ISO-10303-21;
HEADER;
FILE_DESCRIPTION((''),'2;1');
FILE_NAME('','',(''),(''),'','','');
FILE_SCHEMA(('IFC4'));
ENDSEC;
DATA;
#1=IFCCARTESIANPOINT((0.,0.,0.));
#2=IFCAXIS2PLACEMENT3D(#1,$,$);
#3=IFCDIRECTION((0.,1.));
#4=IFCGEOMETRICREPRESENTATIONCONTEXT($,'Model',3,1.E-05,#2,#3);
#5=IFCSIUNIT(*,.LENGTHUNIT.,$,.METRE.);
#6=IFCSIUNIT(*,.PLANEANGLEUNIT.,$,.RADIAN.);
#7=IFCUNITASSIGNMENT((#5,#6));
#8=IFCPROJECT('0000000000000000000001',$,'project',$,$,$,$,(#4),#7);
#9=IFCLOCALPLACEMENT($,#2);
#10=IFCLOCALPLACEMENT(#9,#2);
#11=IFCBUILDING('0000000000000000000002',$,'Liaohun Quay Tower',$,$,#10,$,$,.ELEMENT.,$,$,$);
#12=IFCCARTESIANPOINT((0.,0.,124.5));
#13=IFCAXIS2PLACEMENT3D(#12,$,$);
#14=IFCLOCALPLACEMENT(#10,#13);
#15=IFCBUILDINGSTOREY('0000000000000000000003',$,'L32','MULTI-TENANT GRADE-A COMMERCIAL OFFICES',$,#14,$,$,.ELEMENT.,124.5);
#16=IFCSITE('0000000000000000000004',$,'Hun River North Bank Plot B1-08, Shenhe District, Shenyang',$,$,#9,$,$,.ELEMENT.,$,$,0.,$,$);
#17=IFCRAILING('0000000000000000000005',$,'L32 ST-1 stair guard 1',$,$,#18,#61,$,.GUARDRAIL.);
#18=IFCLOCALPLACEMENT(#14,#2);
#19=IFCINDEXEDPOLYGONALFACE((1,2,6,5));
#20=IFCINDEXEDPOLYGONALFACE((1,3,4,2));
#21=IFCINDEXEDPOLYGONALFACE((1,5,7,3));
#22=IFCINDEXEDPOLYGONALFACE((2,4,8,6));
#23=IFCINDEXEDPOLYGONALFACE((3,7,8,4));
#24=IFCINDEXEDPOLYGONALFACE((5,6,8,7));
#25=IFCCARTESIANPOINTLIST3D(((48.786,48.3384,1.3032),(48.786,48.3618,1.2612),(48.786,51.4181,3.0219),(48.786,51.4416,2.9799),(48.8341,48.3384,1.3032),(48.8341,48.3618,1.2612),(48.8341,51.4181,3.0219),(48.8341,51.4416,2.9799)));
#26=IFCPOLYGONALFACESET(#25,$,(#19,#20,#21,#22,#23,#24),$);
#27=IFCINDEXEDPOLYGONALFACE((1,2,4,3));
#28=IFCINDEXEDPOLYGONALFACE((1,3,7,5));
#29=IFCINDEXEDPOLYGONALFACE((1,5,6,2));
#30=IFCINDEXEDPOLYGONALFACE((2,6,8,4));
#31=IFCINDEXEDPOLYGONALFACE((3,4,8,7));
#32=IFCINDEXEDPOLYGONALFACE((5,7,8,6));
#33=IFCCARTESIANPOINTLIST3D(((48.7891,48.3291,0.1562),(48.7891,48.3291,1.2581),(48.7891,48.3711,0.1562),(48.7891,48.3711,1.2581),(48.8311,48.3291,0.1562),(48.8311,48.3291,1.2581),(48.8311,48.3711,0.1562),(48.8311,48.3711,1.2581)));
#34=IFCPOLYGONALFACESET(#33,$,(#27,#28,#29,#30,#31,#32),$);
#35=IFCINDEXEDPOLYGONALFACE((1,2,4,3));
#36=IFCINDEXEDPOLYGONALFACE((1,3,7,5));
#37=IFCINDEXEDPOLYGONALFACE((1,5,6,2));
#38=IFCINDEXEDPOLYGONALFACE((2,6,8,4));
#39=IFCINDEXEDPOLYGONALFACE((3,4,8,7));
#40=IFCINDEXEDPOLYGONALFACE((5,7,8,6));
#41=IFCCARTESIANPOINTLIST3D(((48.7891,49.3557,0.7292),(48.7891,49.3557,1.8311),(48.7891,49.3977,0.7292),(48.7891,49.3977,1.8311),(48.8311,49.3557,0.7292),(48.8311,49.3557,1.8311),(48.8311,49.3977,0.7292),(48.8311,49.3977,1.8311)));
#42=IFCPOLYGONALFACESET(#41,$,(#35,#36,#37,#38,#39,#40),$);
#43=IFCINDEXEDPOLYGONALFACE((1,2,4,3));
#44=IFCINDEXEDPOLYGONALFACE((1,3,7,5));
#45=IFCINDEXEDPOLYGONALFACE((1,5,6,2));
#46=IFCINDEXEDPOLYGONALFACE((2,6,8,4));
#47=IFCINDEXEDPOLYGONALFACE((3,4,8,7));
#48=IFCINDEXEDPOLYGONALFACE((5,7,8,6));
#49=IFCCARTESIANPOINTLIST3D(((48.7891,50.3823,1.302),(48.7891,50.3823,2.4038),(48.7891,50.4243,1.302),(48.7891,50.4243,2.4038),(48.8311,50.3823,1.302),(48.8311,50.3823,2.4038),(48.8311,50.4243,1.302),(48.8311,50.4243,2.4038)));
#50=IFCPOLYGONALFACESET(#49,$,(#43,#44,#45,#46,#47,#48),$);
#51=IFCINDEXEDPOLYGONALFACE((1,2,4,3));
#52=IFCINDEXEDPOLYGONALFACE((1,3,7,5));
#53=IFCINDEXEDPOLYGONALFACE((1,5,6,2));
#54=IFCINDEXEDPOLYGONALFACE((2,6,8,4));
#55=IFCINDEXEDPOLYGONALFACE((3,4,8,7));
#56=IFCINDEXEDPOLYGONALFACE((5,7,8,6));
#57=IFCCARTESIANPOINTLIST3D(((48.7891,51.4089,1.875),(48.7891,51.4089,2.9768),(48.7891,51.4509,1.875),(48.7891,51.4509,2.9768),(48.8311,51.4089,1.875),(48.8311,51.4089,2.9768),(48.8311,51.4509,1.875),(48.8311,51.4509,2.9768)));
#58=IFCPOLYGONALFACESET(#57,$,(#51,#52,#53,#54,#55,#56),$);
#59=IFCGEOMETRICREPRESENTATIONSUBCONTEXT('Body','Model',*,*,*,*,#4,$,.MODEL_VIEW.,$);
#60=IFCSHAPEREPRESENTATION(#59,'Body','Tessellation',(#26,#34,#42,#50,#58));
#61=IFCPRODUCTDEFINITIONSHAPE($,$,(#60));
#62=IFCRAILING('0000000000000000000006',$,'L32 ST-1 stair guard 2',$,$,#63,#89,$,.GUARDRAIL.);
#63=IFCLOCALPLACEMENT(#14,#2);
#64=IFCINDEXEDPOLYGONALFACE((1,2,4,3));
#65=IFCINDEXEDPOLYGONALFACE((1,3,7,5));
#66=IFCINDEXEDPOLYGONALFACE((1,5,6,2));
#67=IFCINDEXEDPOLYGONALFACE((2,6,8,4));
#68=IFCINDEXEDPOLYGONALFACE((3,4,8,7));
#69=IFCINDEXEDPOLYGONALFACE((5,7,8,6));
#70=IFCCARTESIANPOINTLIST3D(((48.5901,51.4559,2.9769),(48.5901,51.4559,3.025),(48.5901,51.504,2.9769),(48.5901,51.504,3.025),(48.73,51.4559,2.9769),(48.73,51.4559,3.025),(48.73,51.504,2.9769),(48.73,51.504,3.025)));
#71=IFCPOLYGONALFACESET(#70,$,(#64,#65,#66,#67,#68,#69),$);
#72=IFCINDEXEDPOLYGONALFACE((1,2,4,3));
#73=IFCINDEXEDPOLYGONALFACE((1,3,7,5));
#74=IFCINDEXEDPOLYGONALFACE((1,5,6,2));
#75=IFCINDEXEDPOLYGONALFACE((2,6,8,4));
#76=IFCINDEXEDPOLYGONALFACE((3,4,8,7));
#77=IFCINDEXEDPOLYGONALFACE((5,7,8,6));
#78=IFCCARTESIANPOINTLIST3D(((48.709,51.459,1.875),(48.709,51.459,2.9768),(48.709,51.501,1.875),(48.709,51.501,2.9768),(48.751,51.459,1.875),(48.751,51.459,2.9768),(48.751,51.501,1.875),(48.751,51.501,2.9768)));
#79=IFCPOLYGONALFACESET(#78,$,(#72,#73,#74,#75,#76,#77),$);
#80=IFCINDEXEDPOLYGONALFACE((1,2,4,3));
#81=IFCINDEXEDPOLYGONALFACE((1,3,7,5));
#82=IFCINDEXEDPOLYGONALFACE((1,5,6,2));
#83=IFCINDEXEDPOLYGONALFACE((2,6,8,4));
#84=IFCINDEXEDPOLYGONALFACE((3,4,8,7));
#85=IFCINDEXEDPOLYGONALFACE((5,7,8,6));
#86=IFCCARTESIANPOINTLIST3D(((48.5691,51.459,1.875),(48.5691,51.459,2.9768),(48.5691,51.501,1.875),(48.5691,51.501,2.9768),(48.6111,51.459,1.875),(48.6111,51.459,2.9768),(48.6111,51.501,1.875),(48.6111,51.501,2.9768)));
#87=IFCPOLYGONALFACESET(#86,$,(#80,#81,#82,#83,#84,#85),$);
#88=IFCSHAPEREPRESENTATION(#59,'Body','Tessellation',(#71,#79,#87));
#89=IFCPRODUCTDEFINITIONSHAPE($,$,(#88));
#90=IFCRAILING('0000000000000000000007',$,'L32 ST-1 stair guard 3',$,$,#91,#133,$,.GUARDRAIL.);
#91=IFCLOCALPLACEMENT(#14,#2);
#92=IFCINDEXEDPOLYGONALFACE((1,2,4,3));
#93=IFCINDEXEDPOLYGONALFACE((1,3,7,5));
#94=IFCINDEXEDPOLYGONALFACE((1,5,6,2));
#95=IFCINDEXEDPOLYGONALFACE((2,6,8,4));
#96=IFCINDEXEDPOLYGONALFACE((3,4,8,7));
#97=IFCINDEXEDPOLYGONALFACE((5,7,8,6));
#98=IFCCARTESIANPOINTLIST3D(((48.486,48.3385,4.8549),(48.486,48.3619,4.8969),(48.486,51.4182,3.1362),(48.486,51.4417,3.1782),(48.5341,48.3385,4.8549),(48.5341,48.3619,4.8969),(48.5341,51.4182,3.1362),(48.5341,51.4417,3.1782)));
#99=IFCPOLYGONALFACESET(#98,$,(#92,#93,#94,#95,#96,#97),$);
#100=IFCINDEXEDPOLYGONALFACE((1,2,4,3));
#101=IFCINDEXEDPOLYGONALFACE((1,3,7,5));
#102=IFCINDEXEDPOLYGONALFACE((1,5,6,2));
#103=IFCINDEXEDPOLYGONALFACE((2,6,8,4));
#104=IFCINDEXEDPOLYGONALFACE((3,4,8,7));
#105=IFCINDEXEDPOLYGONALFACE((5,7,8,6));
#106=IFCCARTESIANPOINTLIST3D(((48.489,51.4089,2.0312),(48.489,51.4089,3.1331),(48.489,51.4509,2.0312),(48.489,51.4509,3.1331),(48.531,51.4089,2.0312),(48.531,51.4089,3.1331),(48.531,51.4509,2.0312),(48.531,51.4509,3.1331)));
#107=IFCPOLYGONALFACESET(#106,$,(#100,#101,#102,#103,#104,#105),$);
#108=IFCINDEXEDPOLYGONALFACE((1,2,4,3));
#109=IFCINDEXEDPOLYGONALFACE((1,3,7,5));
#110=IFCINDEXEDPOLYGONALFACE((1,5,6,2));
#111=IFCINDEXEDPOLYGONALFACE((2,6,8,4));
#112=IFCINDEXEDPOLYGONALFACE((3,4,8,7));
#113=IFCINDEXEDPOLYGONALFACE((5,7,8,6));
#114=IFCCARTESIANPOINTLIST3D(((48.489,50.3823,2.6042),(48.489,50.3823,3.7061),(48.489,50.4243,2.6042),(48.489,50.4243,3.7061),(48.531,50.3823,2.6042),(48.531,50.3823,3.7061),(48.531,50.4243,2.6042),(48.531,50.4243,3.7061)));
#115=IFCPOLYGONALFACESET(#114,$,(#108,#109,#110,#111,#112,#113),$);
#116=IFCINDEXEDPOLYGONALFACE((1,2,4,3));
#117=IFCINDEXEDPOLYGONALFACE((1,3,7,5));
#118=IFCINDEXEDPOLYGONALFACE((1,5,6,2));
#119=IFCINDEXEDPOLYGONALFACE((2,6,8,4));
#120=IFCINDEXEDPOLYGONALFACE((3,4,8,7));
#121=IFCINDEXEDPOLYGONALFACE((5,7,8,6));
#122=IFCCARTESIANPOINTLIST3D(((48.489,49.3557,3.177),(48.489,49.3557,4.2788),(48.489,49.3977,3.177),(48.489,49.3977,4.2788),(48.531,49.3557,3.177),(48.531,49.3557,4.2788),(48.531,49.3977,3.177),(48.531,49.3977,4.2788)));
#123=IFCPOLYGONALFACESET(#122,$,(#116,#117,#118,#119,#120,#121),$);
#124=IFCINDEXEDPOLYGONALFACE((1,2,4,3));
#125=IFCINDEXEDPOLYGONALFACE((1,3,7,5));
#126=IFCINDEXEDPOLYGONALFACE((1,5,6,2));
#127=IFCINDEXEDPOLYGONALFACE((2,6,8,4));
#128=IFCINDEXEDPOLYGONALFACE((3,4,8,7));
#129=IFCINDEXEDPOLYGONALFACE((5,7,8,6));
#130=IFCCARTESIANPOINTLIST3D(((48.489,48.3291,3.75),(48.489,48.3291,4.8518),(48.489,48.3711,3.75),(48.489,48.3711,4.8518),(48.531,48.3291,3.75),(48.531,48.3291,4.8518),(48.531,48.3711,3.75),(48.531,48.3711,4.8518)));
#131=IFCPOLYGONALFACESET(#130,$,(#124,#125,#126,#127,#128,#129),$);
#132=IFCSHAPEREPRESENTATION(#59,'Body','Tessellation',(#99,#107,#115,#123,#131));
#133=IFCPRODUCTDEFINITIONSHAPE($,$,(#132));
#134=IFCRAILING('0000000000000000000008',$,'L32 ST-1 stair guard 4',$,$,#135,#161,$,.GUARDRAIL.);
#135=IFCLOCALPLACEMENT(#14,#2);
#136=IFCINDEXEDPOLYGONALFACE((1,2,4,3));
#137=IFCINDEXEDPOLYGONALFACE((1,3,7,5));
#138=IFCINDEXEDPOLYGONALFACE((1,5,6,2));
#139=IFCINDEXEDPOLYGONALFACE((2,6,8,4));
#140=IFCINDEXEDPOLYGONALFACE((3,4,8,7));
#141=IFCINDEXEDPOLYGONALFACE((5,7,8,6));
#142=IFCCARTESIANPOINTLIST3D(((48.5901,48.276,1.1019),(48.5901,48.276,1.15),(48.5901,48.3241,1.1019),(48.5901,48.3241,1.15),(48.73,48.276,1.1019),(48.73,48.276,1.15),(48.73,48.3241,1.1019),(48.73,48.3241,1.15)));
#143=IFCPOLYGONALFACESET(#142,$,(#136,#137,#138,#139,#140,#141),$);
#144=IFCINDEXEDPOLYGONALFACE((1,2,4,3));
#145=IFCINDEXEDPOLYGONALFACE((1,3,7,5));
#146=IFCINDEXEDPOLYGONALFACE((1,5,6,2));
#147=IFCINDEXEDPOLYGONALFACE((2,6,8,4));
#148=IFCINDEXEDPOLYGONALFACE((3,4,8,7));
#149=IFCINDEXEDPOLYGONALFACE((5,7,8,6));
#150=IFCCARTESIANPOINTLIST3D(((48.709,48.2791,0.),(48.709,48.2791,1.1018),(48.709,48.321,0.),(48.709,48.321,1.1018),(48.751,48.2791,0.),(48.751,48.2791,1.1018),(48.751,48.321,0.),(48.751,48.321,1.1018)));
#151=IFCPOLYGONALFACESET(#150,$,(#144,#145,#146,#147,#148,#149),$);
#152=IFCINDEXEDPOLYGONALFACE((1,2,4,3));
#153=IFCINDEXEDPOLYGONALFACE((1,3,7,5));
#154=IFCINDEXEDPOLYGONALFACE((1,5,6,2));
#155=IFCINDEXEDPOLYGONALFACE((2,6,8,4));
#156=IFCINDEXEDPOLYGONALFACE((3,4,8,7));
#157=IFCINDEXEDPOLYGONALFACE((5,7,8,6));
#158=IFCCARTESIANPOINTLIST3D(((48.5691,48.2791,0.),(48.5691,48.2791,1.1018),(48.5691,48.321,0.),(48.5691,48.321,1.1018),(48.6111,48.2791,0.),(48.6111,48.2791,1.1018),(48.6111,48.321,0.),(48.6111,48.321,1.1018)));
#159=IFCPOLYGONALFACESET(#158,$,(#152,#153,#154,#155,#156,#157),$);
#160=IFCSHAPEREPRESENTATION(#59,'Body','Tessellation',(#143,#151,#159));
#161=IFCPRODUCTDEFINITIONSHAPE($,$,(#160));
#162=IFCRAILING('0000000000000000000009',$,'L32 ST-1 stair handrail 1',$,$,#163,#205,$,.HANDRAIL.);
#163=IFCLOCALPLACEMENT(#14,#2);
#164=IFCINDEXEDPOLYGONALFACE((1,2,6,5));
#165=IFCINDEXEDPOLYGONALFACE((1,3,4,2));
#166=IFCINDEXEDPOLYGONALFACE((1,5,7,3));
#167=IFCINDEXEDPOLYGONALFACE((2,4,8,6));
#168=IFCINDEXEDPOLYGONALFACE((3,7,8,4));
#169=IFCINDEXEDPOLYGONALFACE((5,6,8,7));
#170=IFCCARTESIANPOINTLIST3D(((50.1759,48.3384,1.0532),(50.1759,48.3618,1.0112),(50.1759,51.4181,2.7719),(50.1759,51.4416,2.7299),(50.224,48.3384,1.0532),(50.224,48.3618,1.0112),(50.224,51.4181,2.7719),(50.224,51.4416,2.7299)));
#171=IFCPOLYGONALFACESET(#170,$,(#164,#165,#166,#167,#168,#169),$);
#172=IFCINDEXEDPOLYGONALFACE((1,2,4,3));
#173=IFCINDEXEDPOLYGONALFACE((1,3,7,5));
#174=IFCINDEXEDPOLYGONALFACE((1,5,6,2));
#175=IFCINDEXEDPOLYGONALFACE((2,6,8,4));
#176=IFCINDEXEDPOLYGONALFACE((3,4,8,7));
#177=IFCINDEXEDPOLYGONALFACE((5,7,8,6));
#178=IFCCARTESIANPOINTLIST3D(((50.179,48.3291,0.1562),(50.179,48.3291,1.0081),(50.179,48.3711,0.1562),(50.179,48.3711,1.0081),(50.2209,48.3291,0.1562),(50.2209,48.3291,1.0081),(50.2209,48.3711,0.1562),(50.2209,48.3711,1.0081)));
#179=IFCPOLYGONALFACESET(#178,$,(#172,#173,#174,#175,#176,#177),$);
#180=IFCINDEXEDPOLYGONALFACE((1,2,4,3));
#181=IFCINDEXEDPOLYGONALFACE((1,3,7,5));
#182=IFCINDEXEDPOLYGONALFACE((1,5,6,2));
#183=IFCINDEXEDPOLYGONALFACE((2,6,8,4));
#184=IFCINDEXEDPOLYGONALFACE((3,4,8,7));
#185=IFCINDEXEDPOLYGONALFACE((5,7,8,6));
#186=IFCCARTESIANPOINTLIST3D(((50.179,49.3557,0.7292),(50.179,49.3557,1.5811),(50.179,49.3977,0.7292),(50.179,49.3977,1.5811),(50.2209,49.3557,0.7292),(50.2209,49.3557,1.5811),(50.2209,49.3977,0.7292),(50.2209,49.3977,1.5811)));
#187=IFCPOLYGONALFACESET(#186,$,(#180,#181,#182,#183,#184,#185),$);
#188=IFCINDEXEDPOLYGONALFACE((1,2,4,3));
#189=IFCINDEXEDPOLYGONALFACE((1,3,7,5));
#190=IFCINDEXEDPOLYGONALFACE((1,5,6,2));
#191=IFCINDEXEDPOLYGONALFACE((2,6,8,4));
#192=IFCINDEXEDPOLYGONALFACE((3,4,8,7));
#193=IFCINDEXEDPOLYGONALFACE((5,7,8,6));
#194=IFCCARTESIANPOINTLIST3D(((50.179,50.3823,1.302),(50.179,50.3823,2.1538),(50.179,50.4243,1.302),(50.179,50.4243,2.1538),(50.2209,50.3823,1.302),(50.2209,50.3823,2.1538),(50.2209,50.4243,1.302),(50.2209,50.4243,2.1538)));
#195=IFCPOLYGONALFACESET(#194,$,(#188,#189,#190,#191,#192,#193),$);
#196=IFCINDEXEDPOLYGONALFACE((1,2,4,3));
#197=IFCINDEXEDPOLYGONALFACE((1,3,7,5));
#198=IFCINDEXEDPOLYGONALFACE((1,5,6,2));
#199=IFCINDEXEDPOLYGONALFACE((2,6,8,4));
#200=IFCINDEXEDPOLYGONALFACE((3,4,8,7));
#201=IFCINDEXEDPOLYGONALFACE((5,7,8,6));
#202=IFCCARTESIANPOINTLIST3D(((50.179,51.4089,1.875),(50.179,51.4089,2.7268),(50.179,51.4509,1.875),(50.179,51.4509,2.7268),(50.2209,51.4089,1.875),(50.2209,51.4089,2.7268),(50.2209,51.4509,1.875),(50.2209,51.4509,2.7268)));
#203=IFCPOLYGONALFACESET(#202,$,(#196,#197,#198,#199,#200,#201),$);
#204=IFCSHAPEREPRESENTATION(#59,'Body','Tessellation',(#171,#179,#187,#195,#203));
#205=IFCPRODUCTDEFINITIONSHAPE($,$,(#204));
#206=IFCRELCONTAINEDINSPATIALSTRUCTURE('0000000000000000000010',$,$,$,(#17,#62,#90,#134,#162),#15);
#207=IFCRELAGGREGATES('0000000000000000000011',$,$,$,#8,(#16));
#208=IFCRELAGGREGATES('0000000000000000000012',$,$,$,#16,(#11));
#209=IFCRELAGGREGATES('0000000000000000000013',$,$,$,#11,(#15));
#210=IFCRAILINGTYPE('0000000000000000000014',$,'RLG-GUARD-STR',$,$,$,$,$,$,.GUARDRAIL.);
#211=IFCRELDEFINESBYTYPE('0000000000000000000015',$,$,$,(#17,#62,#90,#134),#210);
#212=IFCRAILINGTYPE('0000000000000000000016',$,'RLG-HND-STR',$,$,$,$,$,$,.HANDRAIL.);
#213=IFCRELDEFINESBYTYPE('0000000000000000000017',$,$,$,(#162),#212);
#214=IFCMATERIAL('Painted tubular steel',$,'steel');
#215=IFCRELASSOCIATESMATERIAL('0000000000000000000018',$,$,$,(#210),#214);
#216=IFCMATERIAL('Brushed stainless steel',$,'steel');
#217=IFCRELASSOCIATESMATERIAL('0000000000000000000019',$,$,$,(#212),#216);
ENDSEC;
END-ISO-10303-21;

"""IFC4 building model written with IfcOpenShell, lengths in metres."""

from ifc_helpers import new_model, si_unit, direction, frame, origin, origin_2d, place, context, subcontext, project, spatial, rectangle, extrude, material, type_object, element, save


model = new_model("IFC4")

# Units and contexts
model_context = context("Model", 3, precision=1e-05, world=origin(), true_north=direction((0.0, 1.0)))
body_context = subcontext(model_context, "Body", "Model", "MODEL_VIEW")
ifc_project = project(units=[si_unit("LENGTHUNIT", "METRE"), si_unit("PLANEANGLEUNIT", "RADIAN")], contexts=[model_context])

# Site, building, storey
site_placement = place(None, origin())
site = spatial("IfcSite", under=ifc_project, at=site_placement, Name="Hun River North Bank Plot B1-08, Shenhe District, Shenyang", CompositionType="ELEMENT", RefElevation=0.0)
building_placement = place(site_placement, origin())
building = spatial("IfcBuilding", under=site, at=building_placement, Name="Liaohun Quay Tower", CompositionType="ELEMENT")
storey_placement = place(building_placement, frame((0.0, 0.0, 124.5)))
storey = spatial("IfcBuildingStorey", under=building, at=storey_placement, Name="L32", Description="MULTI-TENANT GRADE-A COMMERCIAL OFFICES", CompositionType="ELEMENT", Elevation=124.5)

# Railings
ifc_material_1 = material(Name="Painted tubular steel", Category="steel")
railing_type_1 = type_object("IfcRailingType", Name="RLG-GUARD-STR", PredefinedType="GUARDRAIL", material=ifc_material_1)
railing_1_placement = place(storey_placement, frame((48.8101, 48.3501, 0.1562)))
element("IfcRailing", 1, at=railing_1_placement, inside=storey, type_object=railing_type_1, Name="L32 ST-1 stair guard 1", PredefinedType="GUARDRAIL", context=body_context, shape_type="SweptSolid", body=[
    extrude(rectangle(XDim=0.0481, YDim=0.0481, at=origin_2d()), frame((0.0, 0.0, 1.126), z_axis=(0.0, 0.873225, 0.487317), x_axis=(-1.0, 0.0, 0.0)), (0.0, 0.0, 1.0), 3.5269),
    extrude(rectangle(XDim=0.042, YDim=0.042, at=origin_2d()), origin(), (0.0, 0.0, 1.0), 1.1018),
    extrude(rectangle(XDim=0.042, YDim=0.042, at=origin_2d()), frame((0.0, 1.0266, 0.573)), (0.0, 0.0, 1.0), 1.1018),
    extrude(rectangle(XDim=0.042, YDim=0.042, at=origin_2d()), frame((0.0, 2.0532, 1.1458)), (0.0, 0.0, 1.0), 1.1018),
    extrude(rectangle(XDim=0.042, YDim=0.042, at=origin_2d()), frame((0.0, 3.0798, 1.7188)), (0.0, 0.0, 1.0), 1.1018),
])
railing_2_placement = place(storey_placement, frame((48.73, 51.48, 1.875)))
element("IfcRailing", 2, at=railing_2_placement, inside=storey, type_object=railing_type_1, Name="L32 ST-1 stair guard 2", PredefinedType="GUARDRAIL", context=body_context, shape_type="SweptSolid", body=[
    extrude(rectangle(XDim=0.0481, YDim=0.0481, at=origin_2d()), frame((0.0, 0.0, 1.126), z_axis=(-1.0, 0.0, 0.0), x_axis=(0.0, -1.0, 0.0)), (0.0, 0.0, 1.0), 0.1399),
    extrude(rectangle(XDim=0.042, YDim=0.042, at=origin_2d()), origin(), (0.0, 0.0, 1.0), 1.1018),
    extrude(rectangle(XDim=0.042, YDim=0.042, at=origin_2d()), frame((-0.1399, 0.0, 0.0)), (0.0, 0.0, 1.0), 1.1018),
])
railing_3_placement = place(storey_placement, frame((48.51, 51.4299, 2.0312)))
element("IfcRailing", 3, at=railing_3_placement, inside=storey, type_object=railing_type_1, Name="L32 ST-1 stair guard 3", PredefinedType="GUARDRAIL", context=body_context, shape_type="SweptSolid", body=[
    extrude(rectangle(XDim=0.0481, YDim=0.0481, at=origin_2d()), frame((0.0, 0.0, 1.126), z_axis=(0.0, -0.873225, 0.487317), x_axis=(1.0, 0.0, 0.0)), (0.0, 0.0, 1.0), 3.5269),
    extrude(rectangle(XDim=0.042, YDim=0.042, at=origin_2d()), origin(), (0.0, 0.0, 1.0), 1.1018),
    extrude(rectangle(XDim=0.042, YDim=0.042, at=origin_2d()), frame((0.0, -1.0266, 0.573)), (0.0, 0.0, 1.0), 1.1018),
    extrude(rectangle(XDim=0.042, YDim=0.042, at=origin_2d()), frame((0.0, -2.0532, 1.1458)), (0.0, 0.0, 1.0), 1.1018),
    extrude(rectangle(XDim=0.042, YDim=0.042, at=origin_2d()), frame((0.0, -3.0798, 1.7188)), (0.0, 0.0, 1.0), 1.1018),
])
railing_4_placement = place(storey_placement, frame((48.73, 48.3, 0.0)))
element("IfcRailing", 4, at=railing_4_placement, inside=storey, type_object=railing_type_1, Name="L32 ST-1 stair guard 4", PredefinedType="GUARDRAIL", context=body_context, shape_type="SweptSolid", body=[
    extrude(rectangle(XDim=0.0481, YDim=0.0481, at=origin_2d()), frame((0.0, 0.0, 1.126), z_axis=(-1.0, 0.0, 0.0), x_axis=(0.0, -1.0, 0.0)), (0.0, 0.0, 1.0), 0.1399),
    extrude(rectangle(XDim=0.042, YDim=0.042, at=origin_2d()), origin(), (0.0, 0.0, 1.0), 1.1018),
    extrude(rectangle(XDim=0.042, YDim=0.042, at=origin_2d()), frame((-0.1399, 0.0, 0.0)), (0.0, 0.0, 1.0), 1.1018),
])
ifc_material_2 = material(Name="Brushed stainless steel", Category="steel")
railing_type_2 = type_object("IfcRailingType", Name="RLG-HND-STR", PredefinedType="HANDRAIL", material=ifc_material_2)
railing_5_placement = place(storey_placement, frame((50.2, 48.3501, 0.1562)))
element("IfcRailing", 5, at=railing_5_placement, inside=storey, type_object=railing_type_2, Name="L32 ST-1 stair handrail 1", PredefinedType="HANDRAIL", context=body_context, shape_type="SweptSolid", body=[
    extrude(rectangle(XDim=0.0481, YDim=0.0481, at=origin_2d()), frame((0.0, 0.0, 0.876), z_axis=(0.0, 0.873225, 0.487317), x_axis=(-1.0, 0.0, 0.0)), (0.0, 0.0, 1.0), 3.5269),
    extrude(rectangle(XDim=0.042, YDim=0.042, at=origin_2d()), origin(), (0.0, 0.0, 1.0), 0.8518),
    extrude(rectangle(XDim=0.042, YDim=0.042, at=origin_2d()), frame((0.0, 1.0266, 0.573)), (0.0, 0.0, 1.0), 0.8518),
    extrude(rectangle(XDim=0.042, YDim=0.042, at=origin_2d()), frame((0.0, 2.0532, 1.1458)), (0.0, 0.0, 1.0), 0.8518),
    extrude(rectangle(XDim=0.042, YDim=0.042, at=origin_2d()), frame((0.0, 3.0798, 1.7188)), (0.0, 0.0, 1.0), 0.8518),
])

save(model, "model.ifc")
